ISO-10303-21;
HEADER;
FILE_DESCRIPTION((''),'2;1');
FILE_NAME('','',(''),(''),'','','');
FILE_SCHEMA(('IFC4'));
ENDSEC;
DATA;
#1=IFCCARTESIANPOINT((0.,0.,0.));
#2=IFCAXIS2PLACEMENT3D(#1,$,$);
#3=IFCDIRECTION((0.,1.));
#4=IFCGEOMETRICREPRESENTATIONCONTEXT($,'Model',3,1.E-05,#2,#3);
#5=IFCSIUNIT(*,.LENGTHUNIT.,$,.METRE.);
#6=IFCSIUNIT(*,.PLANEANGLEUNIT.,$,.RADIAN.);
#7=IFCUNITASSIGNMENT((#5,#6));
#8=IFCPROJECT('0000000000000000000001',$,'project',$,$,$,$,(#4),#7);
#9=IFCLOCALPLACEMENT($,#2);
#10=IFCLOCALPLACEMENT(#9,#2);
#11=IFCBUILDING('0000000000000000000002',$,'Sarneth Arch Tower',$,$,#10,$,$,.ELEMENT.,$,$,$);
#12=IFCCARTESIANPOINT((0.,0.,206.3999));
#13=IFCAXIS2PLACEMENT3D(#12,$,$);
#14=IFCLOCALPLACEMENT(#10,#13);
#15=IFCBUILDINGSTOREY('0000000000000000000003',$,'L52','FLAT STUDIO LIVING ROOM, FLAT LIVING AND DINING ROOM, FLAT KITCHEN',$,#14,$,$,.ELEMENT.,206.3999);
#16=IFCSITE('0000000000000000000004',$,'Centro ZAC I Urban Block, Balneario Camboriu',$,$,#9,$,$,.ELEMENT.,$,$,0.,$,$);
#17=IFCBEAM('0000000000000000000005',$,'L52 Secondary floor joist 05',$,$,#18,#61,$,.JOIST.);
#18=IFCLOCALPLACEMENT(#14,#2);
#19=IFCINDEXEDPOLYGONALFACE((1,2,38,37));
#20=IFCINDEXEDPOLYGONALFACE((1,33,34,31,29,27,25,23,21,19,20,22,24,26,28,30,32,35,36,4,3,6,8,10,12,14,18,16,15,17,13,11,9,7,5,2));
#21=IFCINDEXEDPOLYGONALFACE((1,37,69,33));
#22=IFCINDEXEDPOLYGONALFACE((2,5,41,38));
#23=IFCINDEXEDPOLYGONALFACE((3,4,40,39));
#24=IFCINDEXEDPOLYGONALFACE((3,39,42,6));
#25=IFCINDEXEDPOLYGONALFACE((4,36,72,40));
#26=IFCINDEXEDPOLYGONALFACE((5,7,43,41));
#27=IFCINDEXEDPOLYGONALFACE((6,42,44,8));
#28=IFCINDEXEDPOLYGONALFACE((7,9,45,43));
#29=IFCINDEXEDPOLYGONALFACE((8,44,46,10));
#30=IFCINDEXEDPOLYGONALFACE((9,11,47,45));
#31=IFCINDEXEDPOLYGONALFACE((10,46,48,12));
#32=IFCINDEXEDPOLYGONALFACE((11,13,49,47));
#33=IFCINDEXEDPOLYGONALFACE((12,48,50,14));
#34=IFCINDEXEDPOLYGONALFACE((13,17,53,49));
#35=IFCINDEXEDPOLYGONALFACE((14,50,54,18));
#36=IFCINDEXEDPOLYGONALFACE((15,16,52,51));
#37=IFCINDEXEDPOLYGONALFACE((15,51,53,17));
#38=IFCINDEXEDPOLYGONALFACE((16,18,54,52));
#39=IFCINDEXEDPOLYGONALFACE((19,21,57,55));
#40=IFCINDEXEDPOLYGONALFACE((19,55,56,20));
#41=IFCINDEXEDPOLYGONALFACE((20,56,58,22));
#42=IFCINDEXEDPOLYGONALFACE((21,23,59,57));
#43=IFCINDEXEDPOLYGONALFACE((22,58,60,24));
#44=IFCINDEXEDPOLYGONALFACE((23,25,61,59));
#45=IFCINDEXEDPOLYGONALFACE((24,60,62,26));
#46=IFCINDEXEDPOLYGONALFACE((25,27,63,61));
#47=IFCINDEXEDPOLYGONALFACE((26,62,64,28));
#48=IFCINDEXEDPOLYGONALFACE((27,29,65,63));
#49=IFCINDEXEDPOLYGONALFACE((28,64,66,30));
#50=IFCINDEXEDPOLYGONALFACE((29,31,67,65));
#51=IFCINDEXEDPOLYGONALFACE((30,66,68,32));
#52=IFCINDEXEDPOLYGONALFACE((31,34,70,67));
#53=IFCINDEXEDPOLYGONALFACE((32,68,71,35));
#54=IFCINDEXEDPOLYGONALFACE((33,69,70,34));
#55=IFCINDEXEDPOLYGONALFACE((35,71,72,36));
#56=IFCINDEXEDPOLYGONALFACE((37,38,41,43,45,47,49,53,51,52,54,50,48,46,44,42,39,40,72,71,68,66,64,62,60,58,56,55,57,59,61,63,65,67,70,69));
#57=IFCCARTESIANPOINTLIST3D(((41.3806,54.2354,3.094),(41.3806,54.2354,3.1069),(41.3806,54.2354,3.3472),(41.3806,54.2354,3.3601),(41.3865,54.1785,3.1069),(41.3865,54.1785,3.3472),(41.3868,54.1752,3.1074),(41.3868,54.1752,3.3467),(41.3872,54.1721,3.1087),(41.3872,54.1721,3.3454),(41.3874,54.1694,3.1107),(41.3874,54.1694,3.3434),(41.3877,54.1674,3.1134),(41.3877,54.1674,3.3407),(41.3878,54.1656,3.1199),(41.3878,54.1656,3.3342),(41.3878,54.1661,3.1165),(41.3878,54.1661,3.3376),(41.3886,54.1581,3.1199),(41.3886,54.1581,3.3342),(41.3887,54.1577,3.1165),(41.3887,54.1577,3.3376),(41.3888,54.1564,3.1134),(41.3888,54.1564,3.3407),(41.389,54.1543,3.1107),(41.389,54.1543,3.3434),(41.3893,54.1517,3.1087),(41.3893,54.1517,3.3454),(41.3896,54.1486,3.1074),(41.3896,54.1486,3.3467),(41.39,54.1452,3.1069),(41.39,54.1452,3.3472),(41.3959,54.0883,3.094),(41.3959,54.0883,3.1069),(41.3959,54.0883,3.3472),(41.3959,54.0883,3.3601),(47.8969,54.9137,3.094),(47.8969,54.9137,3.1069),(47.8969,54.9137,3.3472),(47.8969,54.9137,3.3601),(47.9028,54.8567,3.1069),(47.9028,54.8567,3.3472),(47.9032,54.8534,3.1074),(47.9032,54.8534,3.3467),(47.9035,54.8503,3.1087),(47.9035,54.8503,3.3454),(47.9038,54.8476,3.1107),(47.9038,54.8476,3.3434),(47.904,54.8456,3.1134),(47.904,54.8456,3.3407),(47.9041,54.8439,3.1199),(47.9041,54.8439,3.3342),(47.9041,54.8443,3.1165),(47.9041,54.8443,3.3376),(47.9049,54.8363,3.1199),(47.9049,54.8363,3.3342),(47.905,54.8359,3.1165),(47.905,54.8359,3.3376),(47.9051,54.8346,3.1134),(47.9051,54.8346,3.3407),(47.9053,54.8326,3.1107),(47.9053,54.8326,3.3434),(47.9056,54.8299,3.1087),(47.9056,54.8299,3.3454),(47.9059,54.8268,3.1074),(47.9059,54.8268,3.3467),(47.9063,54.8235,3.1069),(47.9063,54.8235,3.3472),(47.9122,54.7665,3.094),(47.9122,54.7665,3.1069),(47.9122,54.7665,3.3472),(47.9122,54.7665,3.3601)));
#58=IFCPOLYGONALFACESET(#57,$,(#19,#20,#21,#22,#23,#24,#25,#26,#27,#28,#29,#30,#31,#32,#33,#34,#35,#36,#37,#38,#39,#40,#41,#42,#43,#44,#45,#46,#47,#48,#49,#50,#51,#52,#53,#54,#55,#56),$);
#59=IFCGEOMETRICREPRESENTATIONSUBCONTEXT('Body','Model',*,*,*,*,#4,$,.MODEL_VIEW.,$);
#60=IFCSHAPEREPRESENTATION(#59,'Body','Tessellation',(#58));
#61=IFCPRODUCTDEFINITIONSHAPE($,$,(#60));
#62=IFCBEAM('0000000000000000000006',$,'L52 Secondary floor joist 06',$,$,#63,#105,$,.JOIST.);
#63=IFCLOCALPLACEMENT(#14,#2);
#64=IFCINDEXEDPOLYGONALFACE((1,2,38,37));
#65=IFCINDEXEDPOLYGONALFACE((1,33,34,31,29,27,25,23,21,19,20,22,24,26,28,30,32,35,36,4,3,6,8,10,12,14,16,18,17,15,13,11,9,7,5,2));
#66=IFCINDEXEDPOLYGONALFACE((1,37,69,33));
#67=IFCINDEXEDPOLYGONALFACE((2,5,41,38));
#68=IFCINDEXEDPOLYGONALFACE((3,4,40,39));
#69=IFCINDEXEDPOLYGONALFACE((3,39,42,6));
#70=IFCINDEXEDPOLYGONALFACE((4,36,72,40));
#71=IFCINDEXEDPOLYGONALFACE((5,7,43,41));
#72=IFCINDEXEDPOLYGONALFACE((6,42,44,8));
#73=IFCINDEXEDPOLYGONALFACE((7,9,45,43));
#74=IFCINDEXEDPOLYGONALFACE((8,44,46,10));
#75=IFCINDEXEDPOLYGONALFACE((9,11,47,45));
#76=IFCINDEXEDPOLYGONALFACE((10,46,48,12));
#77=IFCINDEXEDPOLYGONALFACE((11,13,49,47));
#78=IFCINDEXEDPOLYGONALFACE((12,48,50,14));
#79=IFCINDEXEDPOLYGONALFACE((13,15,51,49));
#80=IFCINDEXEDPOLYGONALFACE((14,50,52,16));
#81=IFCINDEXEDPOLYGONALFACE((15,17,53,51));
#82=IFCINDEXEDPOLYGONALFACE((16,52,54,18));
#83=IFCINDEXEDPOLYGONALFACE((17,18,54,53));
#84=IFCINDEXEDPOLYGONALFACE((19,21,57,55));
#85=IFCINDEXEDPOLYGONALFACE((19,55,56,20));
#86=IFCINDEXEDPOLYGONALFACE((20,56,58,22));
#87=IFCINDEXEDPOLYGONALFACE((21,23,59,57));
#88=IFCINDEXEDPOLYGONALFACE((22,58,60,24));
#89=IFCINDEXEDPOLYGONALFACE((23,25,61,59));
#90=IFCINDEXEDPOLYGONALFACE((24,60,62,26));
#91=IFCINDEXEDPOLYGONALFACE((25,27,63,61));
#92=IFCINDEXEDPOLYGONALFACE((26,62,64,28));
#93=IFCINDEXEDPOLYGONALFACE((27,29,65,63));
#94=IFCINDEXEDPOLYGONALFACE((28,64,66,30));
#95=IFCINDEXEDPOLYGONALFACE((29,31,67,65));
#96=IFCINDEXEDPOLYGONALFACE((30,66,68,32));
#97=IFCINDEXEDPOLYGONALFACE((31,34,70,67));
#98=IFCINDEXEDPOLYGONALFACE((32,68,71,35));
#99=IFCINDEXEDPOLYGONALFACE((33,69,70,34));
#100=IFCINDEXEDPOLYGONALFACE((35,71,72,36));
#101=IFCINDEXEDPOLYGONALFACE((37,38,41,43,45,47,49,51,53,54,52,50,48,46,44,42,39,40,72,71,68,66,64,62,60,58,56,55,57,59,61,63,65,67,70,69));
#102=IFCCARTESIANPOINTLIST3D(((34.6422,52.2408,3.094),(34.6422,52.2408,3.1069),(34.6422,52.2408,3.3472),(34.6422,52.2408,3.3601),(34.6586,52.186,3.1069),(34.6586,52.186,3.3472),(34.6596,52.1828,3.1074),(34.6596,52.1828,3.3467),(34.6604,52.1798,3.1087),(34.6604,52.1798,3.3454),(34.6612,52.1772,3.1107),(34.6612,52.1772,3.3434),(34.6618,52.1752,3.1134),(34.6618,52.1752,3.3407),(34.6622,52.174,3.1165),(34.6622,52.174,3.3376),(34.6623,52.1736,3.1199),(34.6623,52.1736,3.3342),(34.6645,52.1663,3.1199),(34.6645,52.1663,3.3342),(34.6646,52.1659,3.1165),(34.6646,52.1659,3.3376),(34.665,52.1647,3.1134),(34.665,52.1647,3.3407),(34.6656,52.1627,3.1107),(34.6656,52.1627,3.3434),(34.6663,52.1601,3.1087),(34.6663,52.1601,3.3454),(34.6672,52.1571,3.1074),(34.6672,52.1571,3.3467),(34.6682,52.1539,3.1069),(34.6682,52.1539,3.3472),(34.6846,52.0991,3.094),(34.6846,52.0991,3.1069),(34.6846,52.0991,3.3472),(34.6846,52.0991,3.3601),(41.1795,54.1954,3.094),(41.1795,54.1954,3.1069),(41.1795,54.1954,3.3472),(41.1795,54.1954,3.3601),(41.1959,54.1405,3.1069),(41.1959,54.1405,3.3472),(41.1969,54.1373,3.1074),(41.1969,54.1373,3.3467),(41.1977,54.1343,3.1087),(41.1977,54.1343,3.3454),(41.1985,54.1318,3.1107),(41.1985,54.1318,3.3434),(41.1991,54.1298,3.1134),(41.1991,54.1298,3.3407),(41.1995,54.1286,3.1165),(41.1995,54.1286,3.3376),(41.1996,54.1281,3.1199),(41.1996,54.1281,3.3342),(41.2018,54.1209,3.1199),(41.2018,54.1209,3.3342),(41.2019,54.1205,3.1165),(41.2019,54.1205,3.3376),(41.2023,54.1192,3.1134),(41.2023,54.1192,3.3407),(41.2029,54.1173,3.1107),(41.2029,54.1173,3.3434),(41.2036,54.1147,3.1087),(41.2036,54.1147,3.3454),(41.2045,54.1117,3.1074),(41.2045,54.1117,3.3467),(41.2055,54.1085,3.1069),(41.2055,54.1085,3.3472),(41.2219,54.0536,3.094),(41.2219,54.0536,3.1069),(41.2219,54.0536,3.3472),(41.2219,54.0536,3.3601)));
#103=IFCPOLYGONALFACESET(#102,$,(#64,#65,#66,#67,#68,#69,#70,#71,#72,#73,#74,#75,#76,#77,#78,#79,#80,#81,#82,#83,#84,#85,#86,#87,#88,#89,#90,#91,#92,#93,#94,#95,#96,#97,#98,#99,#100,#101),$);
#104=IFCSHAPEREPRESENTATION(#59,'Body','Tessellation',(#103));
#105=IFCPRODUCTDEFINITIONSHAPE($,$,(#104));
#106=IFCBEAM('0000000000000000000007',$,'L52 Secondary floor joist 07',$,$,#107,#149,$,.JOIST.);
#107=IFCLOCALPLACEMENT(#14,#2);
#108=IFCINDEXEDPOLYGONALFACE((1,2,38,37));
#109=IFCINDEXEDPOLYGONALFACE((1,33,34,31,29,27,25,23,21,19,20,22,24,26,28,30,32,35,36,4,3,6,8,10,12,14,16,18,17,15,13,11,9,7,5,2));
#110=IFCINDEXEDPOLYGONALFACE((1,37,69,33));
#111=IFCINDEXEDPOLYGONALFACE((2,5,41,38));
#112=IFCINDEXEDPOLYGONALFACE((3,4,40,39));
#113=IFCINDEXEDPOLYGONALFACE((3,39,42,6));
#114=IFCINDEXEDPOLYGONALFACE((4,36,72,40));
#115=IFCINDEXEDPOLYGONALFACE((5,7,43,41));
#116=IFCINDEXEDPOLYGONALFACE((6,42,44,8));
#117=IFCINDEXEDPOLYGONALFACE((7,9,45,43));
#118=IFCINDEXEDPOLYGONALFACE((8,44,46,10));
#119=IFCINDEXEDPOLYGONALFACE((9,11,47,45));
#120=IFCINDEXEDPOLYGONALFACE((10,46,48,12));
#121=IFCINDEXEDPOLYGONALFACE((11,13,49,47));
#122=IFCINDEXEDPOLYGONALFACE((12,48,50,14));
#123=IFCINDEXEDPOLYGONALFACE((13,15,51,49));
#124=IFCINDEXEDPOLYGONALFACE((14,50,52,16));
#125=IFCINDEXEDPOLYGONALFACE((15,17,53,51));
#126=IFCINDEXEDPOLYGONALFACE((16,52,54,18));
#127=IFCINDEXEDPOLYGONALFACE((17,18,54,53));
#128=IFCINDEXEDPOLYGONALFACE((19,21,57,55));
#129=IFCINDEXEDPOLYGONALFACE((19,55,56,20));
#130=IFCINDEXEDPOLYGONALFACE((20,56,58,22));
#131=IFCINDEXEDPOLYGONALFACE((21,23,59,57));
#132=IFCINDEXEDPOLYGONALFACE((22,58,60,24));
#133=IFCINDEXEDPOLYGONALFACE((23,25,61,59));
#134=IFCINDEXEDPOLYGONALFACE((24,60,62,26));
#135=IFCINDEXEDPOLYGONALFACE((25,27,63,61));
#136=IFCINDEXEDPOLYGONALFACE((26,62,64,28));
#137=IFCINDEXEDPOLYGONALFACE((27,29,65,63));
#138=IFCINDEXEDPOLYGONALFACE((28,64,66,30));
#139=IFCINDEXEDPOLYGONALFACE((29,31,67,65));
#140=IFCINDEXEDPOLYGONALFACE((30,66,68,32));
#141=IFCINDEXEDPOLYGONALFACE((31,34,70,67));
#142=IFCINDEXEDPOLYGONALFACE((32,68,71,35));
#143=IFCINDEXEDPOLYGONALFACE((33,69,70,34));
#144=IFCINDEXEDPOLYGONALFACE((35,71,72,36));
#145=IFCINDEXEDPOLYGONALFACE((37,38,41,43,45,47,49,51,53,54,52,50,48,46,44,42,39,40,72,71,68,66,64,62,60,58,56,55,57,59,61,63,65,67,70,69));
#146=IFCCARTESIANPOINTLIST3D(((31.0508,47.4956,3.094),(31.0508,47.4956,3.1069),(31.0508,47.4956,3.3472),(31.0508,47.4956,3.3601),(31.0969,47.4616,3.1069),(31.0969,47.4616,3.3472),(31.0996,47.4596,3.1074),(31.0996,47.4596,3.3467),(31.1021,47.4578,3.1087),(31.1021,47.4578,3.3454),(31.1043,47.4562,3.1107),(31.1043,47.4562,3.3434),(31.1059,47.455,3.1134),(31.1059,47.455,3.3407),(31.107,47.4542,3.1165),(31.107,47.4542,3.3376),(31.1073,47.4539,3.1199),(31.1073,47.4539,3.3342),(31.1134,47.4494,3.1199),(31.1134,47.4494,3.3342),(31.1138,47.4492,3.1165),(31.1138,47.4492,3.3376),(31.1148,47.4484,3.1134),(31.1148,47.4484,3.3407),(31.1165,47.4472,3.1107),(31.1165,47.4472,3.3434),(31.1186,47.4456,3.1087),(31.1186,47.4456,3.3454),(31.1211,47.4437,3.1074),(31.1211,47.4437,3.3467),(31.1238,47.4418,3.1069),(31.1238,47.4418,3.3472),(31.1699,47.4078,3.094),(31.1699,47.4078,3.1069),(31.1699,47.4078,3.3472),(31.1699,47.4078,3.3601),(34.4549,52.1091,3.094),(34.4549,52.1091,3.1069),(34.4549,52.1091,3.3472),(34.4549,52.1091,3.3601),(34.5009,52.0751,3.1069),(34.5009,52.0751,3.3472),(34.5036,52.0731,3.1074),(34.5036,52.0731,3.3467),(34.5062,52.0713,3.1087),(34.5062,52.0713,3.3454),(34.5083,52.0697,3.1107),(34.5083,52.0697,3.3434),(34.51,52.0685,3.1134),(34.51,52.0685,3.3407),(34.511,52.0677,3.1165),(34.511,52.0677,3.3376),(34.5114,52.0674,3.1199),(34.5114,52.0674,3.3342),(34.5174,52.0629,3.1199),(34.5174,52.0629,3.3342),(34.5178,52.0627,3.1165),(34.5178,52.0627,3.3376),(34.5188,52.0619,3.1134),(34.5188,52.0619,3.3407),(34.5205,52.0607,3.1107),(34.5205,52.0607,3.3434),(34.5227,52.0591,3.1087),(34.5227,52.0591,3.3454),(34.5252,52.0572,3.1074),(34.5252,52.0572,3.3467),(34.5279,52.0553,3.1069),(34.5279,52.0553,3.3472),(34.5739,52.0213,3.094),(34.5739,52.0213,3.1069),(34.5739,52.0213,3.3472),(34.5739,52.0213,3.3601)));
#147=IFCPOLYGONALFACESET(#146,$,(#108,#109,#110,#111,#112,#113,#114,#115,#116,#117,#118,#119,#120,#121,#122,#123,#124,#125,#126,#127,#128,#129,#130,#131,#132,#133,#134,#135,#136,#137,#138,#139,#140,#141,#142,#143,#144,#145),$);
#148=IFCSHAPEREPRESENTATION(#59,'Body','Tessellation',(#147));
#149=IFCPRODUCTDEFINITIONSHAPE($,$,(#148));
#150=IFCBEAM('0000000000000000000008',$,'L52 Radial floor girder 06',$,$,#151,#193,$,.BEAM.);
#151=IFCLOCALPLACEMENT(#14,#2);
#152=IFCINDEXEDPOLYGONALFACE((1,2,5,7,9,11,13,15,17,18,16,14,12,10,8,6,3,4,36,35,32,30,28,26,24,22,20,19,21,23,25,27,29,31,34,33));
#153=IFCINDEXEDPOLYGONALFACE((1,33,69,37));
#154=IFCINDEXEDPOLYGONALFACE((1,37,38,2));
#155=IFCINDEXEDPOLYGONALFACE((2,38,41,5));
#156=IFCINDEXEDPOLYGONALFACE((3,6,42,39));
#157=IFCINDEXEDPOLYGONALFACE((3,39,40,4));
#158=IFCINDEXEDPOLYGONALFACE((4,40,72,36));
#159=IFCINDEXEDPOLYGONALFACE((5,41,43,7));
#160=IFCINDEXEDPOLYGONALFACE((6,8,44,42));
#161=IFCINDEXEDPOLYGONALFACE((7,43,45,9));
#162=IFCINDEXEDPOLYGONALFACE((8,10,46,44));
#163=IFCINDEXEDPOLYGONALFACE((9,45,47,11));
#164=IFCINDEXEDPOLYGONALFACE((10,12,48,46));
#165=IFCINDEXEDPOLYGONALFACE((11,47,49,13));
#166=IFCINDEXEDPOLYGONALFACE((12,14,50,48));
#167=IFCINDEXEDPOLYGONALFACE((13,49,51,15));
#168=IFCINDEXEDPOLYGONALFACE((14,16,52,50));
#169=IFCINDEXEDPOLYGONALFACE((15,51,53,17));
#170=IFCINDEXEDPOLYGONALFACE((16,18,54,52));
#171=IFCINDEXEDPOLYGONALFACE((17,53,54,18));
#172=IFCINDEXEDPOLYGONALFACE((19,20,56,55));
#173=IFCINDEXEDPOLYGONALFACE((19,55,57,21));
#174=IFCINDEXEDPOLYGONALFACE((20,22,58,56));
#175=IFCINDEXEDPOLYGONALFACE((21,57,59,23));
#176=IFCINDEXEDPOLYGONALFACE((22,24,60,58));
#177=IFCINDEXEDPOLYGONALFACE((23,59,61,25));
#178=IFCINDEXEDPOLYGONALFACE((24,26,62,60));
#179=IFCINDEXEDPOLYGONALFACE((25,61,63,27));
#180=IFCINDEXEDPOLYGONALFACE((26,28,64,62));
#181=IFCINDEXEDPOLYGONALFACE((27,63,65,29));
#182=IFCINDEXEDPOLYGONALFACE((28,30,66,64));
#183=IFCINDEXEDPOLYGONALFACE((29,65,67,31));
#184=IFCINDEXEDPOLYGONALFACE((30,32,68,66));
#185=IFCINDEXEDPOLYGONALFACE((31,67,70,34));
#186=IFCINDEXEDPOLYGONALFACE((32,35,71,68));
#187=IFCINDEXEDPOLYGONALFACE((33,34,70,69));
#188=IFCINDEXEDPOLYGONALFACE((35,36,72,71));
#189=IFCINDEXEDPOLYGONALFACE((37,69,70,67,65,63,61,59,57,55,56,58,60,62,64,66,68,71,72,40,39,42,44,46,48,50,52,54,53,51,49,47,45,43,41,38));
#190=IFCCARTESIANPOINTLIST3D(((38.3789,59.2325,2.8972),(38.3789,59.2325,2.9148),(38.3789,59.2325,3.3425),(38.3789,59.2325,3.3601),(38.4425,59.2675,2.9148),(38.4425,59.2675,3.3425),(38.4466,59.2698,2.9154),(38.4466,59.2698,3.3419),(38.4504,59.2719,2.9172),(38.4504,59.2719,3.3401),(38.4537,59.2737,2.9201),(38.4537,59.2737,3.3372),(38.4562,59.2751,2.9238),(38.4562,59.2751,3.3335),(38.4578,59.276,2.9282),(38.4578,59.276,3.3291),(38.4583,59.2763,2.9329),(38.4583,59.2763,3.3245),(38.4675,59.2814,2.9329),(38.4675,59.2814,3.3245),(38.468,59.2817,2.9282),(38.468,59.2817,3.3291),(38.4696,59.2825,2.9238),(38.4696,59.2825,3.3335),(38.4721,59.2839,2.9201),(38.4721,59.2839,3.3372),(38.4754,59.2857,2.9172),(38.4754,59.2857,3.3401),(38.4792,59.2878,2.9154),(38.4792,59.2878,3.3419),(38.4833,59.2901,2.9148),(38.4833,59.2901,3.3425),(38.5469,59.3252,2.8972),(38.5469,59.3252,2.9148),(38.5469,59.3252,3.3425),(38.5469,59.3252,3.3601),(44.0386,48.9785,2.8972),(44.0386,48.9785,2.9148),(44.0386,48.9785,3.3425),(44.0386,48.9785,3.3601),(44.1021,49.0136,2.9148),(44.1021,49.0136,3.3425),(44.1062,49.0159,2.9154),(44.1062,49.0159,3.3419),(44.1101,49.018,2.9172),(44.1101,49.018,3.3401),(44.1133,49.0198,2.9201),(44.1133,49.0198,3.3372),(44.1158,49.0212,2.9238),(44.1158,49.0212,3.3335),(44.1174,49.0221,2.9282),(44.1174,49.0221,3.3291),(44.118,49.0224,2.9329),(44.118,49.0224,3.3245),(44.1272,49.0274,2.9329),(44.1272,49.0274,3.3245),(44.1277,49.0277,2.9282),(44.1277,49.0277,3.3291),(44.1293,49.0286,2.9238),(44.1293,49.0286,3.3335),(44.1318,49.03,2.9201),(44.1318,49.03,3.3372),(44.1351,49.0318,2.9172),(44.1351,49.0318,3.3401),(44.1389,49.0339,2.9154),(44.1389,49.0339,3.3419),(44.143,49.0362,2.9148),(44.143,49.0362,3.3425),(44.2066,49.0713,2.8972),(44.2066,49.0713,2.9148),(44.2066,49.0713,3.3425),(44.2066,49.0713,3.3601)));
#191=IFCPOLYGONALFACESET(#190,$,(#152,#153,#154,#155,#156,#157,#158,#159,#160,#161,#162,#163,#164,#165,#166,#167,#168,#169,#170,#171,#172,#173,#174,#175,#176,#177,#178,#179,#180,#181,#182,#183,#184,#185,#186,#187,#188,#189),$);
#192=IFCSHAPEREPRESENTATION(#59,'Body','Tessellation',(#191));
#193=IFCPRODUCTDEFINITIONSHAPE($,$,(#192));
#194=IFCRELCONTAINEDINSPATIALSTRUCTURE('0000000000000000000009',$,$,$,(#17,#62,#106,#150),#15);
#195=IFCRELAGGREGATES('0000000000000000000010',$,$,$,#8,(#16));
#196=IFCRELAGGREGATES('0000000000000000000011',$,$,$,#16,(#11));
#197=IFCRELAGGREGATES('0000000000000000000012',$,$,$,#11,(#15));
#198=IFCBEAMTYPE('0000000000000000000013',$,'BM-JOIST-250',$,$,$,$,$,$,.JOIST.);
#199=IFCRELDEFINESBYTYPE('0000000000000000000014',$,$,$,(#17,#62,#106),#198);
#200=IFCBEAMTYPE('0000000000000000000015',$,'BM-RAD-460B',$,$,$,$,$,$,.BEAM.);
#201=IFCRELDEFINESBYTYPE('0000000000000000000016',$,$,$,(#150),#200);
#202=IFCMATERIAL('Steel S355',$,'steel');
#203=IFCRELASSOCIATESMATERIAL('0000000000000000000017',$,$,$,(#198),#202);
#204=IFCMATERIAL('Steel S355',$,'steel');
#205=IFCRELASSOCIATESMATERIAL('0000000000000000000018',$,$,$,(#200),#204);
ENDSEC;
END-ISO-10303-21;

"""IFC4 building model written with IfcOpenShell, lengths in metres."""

from ifc_helpers import new_model, si_unit, direction, frame, origin, origin_2d, place, context, subcontext, project, spatial, i_section, extrude, material, material_profile, profile_set, type_object, element, save


model = new_model("IFC4")

# Units and contexts
model_context = context("Model", 3, precision=1e-05, world=origin(), true_north=direction((0.0, 1.0)))
body_context = subcontext(model_context, "Body", "Model", "MODEL_VIEW")
ifc_project = project(units=[si_unit("LENGTHUNIT", "METRE"), si_unit("PLANEANGLEUNIT", "RADIAN")], contexts=[model_context])

# Site, building, storey
site_placement = place(None, origin())
site = spatial("IfcSite", under=ifc_project, at=site_placement, Name="Centro ZAC I Urban Block, Balneario Camboriu", CompositionType="ELEMENT", RefElevation=0.0)
building_placement = place(site_placement, origin())
building = spatial("IfcBuilding", under=site, at=building_placement, Name="Sarneth Arch Tower", CompositionType="ELEMENT")
storey_placement = place(building_placement, frame((0.0, 0.0, 206.3999)))
storey = spatial("IfcBuildingStorey", under=building, at=storey_placement, Name="L52", Description="FLAT STUDIO LIVING ROOM, FLAT LIVING AND DINING ROOM, FLAT KITCHEN", CompositionType="ELEMENT", Elevation=206.3999)

# Beams
ifc_material_1 = material(Name="Steel S355", Category="steel")
ifc_material_profile_1 = material_profile(ifc_material_1, i_section(OverallWidth=0.1479, OverallDepth=0.2661, WebThickness=0.0076, FlangeThickness=0.0129, FilletRadius=0.0129, at=origin_2d()), Name="W250x44.8")
ifc_profile_set_1 = profile_set([ifc_material_profile_1], Name="Steel S355")
beam_type_1 = type_object("IfcBeamType", Name="BM-JOIST-250", PredefinedType="JOIST", material=ifc_profile_set_1)
beam_1_placement = place(storey_placement, frame((47.9045, 54.8401, 3.2271), z_axis=(-0.994627, -0.103521, 0.0), x_axis=(0.103521, -0.994627, 0.0)))
element("IfcBeam", 1, at=beam_1_placement, inside=storey, type_object=beam_type_1, Name="L52 Secondary floor joist 05", PredefinedType="JOIST", context=body_context, shape_type="SweptSolid", body=[
    extrude(i_section(OverallWidth=0.1479, OverallDepth=0.2661, WebThickness=0.0076, FlangeThickness=0.0129, FilletRadius=0.0129, at=origin_2d()), origin(), (0.0, 0.0, 1.0), 6.5515),
])
beam_2_placement = place(storey_placement, frame((41.2007, 54.1245, 3.2271), z_axis=(-0.958093, -0.286458, 0.0), x_axis=(0.286458, -0.958093, 0.0)))
element("IfcBeam", 2, at=beam_2_placement, inside=storey, type_object=beam_type_1, Name="L52 Secondary floor joist 06", PredefinedType="JOIST", context=body_context, shape_type="SweptSolid", body=[
    extrude(i_section(OverallWidth=0.1479, OverallDepth=0.2661, WebThickness=0.0076, FlangeThickness=0.0129, FilletRadius=0.0129, at=origin_2d()), origin(), (0.0, 0.0, 1.0), 6.8232),
])
beam_3_placement = place(storey_placement, frame((34.5144, 52.0652, 3.2271), z_axis=(-0.59372, -0.804671, 0.0), x_axis=(0.804671, -0.59372, 0.0)))
element("IfcBeam", 3, at=beam_3_placement, inside=storey, type_object=beam_type_1, Name="L52 Secondary floor joist 07", PredefinedType="JOIST", context=body_context, shape_type="SweptSolid", body=[
    extrude(i_section(OverallWidth=0.1479, OverallDepth=0.2661, WebThickness=0.0076, FlangeThickness=0.0129, FilletRadius=0.0129, at=origin_2d()), origin(), (0.0, 0.0, 1.0), 5.7334),
])
ifc_material_2 = material(Name="Steel S355", Category="steel")
ifc_material_profile_2 = material_profile(ifc_material_2, i_section(OverallWidth=0.1919, OverallDepth=0.4629, WebThickness=0.0105, FlangeThickness=0.0176, FilletRadius=0.0181, at=origin_2d()), Name="W460x89")
ifc_profile_set_2 = profile_set([ifc_material_profile_2], Name="Steel S355")
beam_type_2 = type_object("IfcBeamType", Name="BM-RAD-460B", PredefinedType="BEAM", material=ifc_profile_set_2)
beam_4_placement = place(storey_placement, frame((44.1226, 49.0249, 3.1287), z_axis=(-0.483231, 0.875493, 0.0), x_axis=(-0.875493, -0.483231, 0.0)))
element("IfcBeam", 4, at=beam_4_placement, inside=storey, type_object=beam_type_2, Name="L52 Radial floor girder 06", PredefinedType="BEAM", context=body_context, shape_type="SweptSolid", body=[
    extrude(i_section(OverallWidth=0.1919, OverallDepth=0.4629, WebThickness=0.0105, FlangeThickness=0.0176, FilletRadius=0.0181, at=origin_2d()), origin(), (0.0, 0.0, 1.0), 11.7122),
])

save(model, "model.ifc")
